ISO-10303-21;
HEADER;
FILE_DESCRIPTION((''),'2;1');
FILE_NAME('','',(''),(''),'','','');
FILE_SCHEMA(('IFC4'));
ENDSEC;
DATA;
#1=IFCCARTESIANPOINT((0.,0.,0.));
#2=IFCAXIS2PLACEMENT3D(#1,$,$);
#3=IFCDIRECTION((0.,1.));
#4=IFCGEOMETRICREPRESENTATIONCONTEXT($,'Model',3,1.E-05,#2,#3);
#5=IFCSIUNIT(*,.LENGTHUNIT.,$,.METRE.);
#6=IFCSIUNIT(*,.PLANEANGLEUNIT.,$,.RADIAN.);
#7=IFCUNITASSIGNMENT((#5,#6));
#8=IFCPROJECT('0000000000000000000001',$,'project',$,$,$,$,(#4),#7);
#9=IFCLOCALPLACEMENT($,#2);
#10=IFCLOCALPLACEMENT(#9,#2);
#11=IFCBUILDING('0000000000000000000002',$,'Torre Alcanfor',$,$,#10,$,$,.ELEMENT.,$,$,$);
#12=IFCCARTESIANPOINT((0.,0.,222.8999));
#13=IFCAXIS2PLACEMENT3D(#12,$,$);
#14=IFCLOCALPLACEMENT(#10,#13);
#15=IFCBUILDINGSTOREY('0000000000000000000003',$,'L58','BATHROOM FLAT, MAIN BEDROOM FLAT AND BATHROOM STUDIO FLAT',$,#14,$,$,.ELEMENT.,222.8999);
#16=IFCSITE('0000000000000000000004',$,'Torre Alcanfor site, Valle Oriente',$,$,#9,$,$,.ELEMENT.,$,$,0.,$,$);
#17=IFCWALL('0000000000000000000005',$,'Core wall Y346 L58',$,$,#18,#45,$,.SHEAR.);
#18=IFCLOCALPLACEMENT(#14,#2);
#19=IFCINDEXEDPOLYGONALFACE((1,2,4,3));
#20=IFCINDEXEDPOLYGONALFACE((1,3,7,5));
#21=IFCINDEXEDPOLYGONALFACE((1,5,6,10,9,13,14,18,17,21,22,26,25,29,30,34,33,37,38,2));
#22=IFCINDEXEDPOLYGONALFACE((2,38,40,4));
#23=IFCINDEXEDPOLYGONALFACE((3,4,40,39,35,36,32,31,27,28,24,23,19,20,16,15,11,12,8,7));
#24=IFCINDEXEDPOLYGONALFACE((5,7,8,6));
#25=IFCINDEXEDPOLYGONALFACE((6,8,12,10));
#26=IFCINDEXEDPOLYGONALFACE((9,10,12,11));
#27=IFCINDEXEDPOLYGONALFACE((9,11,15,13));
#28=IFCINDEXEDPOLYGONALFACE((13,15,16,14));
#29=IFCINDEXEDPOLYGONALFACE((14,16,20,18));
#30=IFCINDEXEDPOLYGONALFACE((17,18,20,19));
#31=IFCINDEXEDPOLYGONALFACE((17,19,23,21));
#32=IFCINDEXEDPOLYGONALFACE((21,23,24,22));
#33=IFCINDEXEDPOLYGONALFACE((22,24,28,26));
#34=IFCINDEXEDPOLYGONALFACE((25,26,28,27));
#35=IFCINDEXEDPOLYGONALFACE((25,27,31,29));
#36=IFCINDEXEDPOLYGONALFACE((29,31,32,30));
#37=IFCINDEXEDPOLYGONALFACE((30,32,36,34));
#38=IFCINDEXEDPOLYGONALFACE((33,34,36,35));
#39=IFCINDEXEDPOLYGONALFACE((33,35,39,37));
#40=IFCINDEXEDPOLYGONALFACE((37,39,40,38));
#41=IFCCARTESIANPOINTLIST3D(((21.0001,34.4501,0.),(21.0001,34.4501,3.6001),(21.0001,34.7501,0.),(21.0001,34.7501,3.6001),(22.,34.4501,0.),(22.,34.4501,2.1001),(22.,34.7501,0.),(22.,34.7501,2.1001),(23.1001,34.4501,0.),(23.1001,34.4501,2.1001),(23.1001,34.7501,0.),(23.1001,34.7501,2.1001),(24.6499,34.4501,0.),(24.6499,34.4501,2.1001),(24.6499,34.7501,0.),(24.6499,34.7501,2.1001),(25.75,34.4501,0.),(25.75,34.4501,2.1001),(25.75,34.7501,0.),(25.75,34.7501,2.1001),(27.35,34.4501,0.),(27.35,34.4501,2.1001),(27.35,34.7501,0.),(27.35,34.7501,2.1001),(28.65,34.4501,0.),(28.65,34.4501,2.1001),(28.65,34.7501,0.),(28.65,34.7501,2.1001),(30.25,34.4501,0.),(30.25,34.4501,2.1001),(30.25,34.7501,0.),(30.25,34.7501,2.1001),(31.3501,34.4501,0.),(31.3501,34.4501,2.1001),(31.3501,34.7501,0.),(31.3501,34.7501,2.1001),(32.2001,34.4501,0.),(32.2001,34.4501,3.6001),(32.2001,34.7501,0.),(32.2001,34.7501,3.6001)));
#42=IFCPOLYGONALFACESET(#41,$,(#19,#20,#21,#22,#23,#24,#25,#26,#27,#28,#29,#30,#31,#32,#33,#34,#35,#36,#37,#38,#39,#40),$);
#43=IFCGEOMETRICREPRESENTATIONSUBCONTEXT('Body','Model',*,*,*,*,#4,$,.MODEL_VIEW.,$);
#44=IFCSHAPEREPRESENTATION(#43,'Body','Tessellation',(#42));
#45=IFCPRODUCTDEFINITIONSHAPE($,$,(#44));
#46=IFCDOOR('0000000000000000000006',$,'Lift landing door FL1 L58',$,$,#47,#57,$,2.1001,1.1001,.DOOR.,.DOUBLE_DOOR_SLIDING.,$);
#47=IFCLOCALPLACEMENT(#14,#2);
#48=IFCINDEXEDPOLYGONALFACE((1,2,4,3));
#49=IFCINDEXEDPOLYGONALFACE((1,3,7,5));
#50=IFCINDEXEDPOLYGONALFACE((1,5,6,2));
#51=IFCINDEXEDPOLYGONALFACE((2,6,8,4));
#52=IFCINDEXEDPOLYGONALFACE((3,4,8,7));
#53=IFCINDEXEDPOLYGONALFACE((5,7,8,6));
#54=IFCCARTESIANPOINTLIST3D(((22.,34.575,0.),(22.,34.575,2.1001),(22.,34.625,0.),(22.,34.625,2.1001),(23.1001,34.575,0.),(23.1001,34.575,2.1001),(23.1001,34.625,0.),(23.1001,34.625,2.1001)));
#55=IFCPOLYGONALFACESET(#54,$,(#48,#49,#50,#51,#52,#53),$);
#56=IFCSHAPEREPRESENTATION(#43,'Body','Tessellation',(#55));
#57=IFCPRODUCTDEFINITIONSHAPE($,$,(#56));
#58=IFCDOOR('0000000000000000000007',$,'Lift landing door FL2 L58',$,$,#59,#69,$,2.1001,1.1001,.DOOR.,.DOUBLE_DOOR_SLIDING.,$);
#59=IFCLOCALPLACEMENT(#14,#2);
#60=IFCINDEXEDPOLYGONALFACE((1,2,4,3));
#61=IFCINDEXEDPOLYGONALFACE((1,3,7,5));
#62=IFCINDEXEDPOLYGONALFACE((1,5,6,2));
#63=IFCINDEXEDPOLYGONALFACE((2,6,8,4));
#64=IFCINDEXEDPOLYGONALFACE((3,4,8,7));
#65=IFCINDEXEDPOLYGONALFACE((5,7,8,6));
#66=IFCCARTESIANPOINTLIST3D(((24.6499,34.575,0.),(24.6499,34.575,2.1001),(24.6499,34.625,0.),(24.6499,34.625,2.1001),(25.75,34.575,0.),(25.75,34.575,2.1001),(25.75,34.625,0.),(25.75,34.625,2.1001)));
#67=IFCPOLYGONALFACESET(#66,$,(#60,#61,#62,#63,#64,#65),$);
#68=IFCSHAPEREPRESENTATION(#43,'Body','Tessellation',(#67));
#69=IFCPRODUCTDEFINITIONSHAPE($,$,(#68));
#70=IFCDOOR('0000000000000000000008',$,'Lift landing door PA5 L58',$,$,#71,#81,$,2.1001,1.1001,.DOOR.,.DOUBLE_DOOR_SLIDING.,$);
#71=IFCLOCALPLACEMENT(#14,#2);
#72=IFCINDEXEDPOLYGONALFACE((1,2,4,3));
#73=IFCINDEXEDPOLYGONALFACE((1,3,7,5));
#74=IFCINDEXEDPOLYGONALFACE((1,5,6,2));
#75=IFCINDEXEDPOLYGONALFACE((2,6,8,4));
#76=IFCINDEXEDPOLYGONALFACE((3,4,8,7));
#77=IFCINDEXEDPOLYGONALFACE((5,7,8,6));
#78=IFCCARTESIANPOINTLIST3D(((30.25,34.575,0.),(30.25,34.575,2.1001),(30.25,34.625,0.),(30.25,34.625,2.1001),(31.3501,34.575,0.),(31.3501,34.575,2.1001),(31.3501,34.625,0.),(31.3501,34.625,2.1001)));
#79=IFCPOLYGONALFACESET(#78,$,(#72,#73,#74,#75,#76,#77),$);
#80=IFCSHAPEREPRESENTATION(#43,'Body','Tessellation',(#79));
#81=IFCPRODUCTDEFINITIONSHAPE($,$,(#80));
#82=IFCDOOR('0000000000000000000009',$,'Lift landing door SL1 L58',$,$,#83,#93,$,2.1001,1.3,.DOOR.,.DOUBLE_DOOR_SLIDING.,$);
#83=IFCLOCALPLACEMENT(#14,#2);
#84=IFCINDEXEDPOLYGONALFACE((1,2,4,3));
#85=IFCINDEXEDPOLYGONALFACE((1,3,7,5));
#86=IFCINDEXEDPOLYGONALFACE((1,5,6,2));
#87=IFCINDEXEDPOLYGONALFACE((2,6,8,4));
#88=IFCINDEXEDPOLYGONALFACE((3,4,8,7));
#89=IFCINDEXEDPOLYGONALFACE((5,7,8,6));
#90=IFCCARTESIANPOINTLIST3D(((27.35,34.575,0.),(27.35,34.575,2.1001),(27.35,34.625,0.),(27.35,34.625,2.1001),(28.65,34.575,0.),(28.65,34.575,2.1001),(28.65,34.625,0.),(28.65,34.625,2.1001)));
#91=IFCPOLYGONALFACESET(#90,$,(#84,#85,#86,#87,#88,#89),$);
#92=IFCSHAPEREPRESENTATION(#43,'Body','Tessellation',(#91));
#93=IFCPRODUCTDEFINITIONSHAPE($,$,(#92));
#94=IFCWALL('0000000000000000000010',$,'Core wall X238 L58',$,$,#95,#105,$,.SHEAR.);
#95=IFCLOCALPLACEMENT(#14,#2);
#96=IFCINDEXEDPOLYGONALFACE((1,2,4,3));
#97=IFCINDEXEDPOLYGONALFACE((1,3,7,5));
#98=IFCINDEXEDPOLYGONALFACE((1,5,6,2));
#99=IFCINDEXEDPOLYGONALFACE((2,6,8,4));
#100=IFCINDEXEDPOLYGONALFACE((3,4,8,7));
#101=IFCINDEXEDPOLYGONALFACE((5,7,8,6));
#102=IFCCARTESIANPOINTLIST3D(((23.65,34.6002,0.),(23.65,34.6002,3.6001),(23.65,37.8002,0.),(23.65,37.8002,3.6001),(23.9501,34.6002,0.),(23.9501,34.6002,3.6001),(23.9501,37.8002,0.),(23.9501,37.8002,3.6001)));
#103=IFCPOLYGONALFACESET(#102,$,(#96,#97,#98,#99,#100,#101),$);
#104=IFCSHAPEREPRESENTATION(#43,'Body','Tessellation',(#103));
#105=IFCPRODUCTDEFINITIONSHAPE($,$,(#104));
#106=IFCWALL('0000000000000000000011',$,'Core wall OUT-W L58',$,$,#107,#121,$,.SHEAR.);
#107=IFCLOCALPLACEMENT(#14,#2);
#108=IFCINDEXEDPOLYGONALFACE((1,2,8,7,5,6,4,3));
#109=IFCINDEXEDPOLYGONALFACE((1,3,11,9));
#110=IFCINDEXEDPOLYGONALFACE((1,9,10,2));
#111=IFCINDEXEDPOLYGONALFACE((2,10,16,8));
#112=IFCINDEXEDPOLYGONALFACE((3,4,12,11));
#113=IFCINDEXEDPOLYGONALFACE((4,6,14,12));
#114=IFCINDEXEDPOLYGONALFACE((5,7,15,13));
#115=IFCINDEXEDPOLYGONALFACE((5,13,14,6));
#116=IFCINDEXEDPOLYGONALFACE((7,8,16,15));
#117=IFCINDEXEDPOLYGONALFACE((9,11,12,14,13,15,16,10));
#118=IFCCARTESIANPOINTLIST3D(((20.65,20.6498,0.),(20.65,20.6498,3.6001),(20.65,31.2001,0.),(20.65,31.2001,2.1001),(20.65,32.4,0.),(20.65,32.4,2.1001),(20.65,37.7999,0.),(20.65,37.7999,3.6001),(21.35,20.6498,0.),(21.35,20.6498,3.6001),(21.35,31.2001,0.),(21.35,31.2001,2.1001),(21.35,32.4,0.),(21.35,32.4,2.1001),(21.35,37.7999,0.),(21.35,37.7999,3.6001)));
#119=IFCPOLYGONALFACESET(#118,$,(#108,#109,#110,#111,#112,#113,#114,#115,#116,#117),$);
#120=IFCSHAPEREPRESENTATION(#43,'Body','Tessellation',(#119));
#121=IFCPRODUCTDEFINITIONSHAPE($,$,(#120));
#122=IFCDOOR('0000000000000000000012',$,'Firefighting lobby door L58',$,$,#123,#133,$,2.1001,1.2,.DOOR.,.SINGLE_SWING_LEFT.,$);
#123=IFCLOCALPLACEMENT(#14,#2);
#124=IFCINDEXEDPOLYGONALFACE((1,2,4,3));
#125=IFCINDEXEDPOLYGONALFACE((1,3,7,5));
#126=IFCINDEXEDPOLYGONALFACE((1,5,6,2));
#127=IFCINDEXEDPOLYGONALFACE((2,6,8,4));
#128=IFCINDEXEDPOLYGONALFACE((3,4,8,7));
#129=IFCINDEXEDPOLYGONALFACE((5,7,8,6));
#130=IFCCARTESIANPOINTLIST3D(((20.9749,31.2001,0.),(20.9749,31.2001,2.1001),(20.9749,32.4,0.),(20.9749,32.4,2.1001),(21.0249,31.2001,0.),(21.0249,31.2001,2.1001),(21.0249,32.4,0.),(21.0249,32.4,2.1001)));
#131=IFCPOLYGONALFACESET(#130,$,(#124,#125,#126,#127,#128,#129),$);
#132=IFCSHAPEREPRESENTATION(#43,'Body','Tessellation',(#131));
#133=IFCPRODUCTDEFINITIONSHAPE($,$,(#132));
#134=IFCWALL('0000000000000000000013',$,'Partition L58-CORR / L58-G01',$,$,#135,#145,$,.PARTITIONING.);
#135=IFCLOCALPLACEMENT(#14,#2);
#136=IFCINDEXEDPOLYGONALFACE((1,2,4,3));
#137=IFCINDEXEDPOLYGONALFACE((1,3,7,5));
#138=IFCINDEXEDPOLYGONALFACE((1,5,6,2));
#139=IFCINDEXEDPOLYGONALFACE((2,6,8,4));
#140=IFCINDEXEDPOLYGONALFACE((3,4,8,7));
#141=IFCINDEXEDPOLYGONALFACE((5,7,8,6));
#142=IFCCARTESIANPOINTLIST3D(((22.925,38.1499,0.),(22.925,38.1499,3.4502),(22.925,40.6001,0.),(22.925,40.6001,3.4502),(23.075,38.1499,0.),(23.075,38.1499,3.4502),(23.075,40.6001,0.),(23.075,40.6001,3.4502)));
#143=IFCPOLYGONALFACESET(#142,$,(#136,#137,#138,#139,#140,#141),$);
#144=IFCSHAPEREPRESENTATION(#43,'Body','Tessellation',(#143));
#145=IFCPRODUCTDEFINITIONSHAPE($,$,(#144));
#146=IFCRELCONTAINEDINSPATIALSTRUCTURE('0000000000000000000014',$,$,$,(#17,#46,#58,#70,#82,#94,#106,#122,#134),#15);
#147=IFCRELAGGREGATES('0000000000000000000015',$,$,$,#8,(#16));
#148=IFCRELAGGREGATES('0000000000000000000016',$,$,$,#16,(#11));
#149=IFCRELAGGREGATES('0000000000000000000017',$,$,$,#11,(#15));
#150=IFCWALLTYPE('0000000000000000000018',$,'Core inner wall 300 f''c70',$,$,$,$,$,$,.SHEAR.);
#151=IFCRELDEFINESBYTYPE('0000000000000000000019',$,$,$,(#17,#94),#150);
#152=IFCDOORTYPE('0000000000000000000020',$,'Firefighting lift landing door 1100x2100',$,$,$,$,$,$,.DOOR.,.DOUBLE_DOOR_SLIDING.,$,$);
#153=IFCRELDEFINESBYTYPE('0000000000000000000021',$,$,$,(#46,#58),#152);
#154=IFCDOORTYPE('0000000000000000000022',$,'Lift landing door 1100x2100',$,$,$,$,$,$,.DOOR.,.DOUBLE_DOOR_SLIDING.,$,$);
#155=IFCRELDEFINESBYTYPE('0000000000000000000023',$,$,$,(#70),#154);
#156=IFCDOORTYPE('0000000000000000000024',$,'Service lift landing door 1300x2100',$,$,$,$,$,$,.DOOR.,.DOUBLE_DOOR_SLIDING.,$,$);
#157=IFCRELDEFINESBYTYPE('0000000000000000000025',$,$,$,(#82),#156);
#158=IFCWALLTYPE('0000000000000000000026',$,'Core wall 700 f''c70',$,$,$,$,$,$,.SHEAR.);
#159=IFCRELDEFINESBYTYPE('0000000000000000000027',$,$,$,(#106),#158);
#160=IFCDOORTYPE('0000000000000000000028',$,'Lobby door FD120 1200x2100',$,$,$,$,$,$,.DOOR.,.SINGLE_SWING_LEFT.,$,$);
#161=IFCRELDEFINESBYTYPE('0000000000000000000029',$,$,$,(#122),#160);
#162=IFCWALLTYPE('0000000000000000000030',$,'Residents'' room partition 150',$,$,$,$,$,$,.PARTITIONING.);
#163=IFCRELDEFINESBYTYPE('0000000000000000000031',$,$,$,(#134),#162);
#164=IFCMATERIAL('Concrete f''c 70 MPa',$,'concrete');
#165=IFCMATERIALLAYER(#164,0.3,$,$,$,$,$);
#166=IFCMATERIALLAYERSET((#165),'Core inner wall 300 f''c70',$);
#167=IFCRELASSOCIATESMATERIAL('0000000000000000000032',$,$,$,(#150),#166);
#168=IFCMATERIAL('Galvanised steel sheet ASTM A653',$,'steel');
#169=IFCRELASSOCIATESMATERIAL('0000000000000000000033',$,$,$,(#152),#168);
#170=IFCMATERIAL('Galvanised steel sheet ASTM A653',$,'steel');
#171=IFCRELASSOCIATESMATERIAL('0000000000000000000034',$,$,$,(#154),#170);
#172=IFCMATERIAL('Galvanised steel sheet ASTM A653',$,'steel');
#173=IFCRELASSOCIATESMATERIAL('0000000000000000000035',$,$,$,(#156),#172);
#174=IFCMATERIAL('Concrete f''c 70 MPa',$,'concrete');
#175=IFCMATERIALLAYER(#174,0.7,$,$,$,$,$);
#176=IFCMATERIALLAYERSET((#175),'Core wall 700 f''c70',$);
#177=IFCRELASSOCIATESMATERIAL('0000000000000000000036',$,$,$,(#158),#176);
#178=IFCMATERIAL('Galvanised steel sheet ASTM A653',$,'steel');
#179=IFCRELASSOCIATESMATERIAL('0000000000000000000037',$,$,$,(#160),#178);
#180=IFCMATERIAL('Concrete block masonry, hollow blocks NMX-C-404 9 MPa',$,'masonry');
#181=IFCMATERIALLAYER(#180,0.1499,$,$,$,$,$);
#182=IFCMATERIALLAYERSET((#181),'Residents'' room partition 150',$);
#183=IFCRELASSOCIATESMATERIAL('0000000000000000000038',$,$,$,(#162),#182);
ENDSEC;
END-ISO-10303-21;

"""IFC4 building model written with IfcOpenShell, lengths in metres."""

from ifc_helpers import new_model, si_unit, direction, frame, frame_2d, origin, place, context, subcontext, project, spatial, rectangle, extrude, material, layer, layer_set, type_object, element, fill, save


model = new_model("IFC4")

# Units and contexts
model_context = context("Model", 3, precision=1e-05, world=origin(), true_north=direction((0.0, 1.0)))
body_context = subcontext(model_context, "Body", "Model", "MODEL_VIEW")
ifc_project = project(units=[si_unit("LENGTHUNIT", "METRE"), si_unit("PLANEANGLEUNIT", "RADIAN")], contexts=[model_context])

# Site, building, storey
site_placement = place(None, origin())
site = spatial("IfcSite", under=ifc_project, at=site_placement, Name="Torre Alcanfor site, Valle Oriente", CompositionType="ELEMENT", RefElevation=0.0)
building_placement = place(site_placement, origin())
building = spatial("IfcBuilding", under=site, at=building_placement, Name="Torre Alcanfor", CompositionType="ELEMENT")
storey_placement = place(building_placement, frame((0.0, 0.0, 222.8999)))
storey = spatial("IfcBuildingStorey", under=building, at=storey_placement, Name="L58", Description="BATHROOM FLAT, MAIN BEDROOM FLAT AND BATHROOM STUDIO FLAT", CompositionType="ELEMENT", Elevation=222.8999)

# Wall, openings, doors
ifc_material_1 = material(Name="Concrete f'c 70 MPa", Category="concrete")
ifc_layer_1 = layer(ifc_material_1, 0.3)
ifc_layer_set_1 = layer_set([ifc_layer_1], Name="Core inner wall 300 f'c70")
wall_type_1 = type_object("IfcWallType", Name="Core inner wall 300 f'c70", PredefinedType="SHEAR", material=ifc_layer_set_1)
wall_1_placement = place(storey_placement, frame((21.0, 34.6001, 0.0), z_axis=(0.0, 0.0, 1.0), x_axis=(1.0, 0.0, 0.0)))
wall_1 = element("IfcWall", 1, at=wall_1_placement, inside=storey, type_object=wall_type_1, Name="Core wall Y346 L58", PredefinedType="SHEAR", context=body_context, shape_type="SweptSolid", body=[
    extrude(rectangle(XDim=11.2, YDim=0.3, at=frame_2d((5.6001, 0.0))), origin(), (0.0, 0.0, 1.0), 3.6001),
])
opening_1_placement = place(wall_1_placement, frame((9.25, 0.0, 0.0)))
opening_1 = element("IfcOpeningElement", 2, at=opening_1_placement, cuts=wall_1, PredefinedType="OPENING", context=body_context, shape_type="SweptSolid", body=[
    extrude(rectangle(XDim=1.1001, YDim=2.1001, at=frame_2d((0.55, 1.05))), frame((0.0, 0.1599, 0.0), z_axis=(0.0, -1.0, 0.0), x_axis=(1.0, 0.0, 0.0)), (0.0, 0.0, 1.0), 0.3201),
])
opening_2_placement = place(wall_1_placement, frame((1.0, 0.0, 0.0)))
opening_2 = element("IfcOpeningElement", 3, at=opening_2_placement, cuts=wall_1, PredefinedType="OPENING", context=body_context, shape_type="SweptSolid", body=[
    extrude(rectangle(XDim=1.1001, YDim=2.1001, at=frame_2d((0.55, 1.05))), frame((0.0, 0.1599, 0.0), z_axis=(0.0, -1.0, 0.0), x_axis=(1.0, 0.0, 0.0)), (0.0, 0.0, 1.0), 0.3201),
])
opening_3_placement = place(wall_1_placement, frame((3.6499, 0.0, 0.0)))
opening_3 = element("IfcOpeningElement", 4, at=opening_3_placement, cuts=wall_1, PredefinedType="OPENING", context=body_context, shape_type="SweptSolid", body=[
    extrude(rectangle(XDim=1.1001, YDim=2.1001, at=frame_2d((0.55, 1.05))), frame((0.0, 0.1599, 0.0), z_axis=(0.0, -1.0, 0.0), x_axis=(1.0, 0.0, 0.0)), (0.0, 0.0, 1.0), 0.3201),
])
opening_4_placement = place(wall_1_placement, frame((6.3501, 0.0, 0.0)))
opening_4 = element("IfcOpeningElement", 5, at=opening_4_placement, cuts=wall_1, PredefinedType="OPENING", context=body_context, shape_type="SweptSolid", body=[
    extrude(rectangle(XDim=1.3, YDim=2.1001, at=frame_2d((0.6499, 1.05))), frame((0.0, 0.1599, 0.0), z_axis=(0.0, -1.0, 0.0), x_axis=(1.0, 0.0, 0.0)), (0.0, 0.0, 1.0), 0.3201),
])
ifc_material_2 = material(Name="Galvanised steel sheet ASTM A653", Category="steel")
door_type_1 = type_object("IfcDoorType", Name="Firefighting lift landing door 1100x2100", OperationType="DOUBLE_DOOR_SLIDING", PredefinedType="DOOR", material=ifc_material_2)
door_1_placement = place(opening_2_placement, origin())
door_1 = element("IfcDoor", 6, at=door_1_placement, inside=storey, type_object=door_type_1, Name="Lift landing door FL1 L58", OperationType="DOUBLE_DOOR_SLIDING", OverallHeight=2.1001, OverallWidth=1.1001, PredefinedType="DOOR", context=body_context, shape_type="SweptSolid", body=[
    extrude(rectangle(XDim=1.1001, YDim=2.1001, at=frame_2d((0.55, 1.05))), frame((0.0, 0.0249, 0.0), z_axis=(0.0, -1.0, 0.0), x_axis=(1.0, 0.0, 0.0)), (0.0, 0.0, 1.0), 0.05),
])
fill(opening_2, door_1)
door_2_placement = place(opening_3_placement, origin())
door_2 = element("IfcDoor", 7, at=door_2_placement, inside=storey, type_object=door_type_1, Name="Lift landing door FL2 L58", OperationType="DOUBLE_DOOR_SLIDING", OverallHeight=2.1001, OverallWidth=1.1001, PredefinedType="DOOR", context=body_context, shape_type="SweptSolid", body=[
    extrude(rectangle(XDim=1.1001, YDim=2.1001, at=frame_2d((0.55, 1.05))), frame((0.0, 0.0249, 0.0), z_axis=(0.0, -1.0, 0.0), x_axis=(1.0, 0.0, 0.0)), (0.0, 0.0, 1.0), 0.05),
])
fill(opening_3, door_2)
ifc_material_3 = material(Name="Galvanised steel sheet ASTM A653", Category="steel")
door_type_2 = type_object("IfcDoorType", Name="Lift landing door 1100x2100", OperationType="DOUBLE_DOOR_SLIDING", PredefinedType="DOOR", material=ifc_material_3)
door_3_placement = place(opening_1_placement, origin())
door_3 = element("IfcDoor", 8, at=door_3_placement, inside=storey, type_object=door_type_2, Name="Lift landing door PA5 L58", OperationType="DOUBLE_DOOR_SLIDING", OverallHeight=2.1001, OverallWidth=1.1001, PredefinedType="DOOR", context=body_context, shape_type="SweptSolid", body=[
    extrude(rectangle(XDim=1.1001, YDim=2.1001, at=frame_2d((0.55, 1.05))), frame((0.0, 0.0249, 0.0), z_axis=(0.0, -1.0, 0.0), x_axis=(1.0, 0.0, 0.0)), (0.0, 0.0, 1.0), 0.05),
])
fill(opening_1, door_3)
ifc_material_4 = material(Name="Galvanised steel sheet ASTM A653", Category="steel")
door_type_3 = type_object("IfcDoorType", Name="Service lift landing door 1300x2100", OperationType="DOUBLE_DOOR_SLIDING", PredefinedType="DOOR", material=ifc_material_4)
door_4_placement = place(opening_4_placement, origin())
door_4 = element("IfcDoor", 9, at=door_4_placement, inside=storey, type_object=door_type_3, Name="Lift landing door SL1 L58", OperationType="DOUBLE_DOOR_SLIDING", OverallHeight=2.1001, OverallWidth=1.3, PredefinedType="DOOR", context=body_context, shape_type="SweptSolid", body=[
    extrude(rectangle(XDim=1.3, YDim=2.1001, at=frame_2d((0.6499, 1.05))), frame((0.0, 0.0249, 0.0), z_axis=(0.0, -1.0, 0.0), x_axis=(1.0, 0.0, 0.0)), (0.0, 0.0, 1.0), 0.05),
])
fill(opening_4, door_4)

# Wall
wall_2_placement = place(storey_placement, frame((23.8, 34.6001, 0.0), z_axis=(0.0, 0.0, 1.0), x_axis=(0.0, 1.0, 0.0)))
element("IfcWall", 10, at=wall_2_placement, inside=storey, type_object=wall_type_1, Name="Core wall X238 L58", PredefinedType="SHEAR", context=body_context, shape_type="SweptSolid", body=[
    extrude(rectangle(XDim=3.2, YDim=0.3, at=frame_2d((1.6001, 0.0))), origin(), (0.0, 0.0, 1.0), 3.6001),
])

# Wall, opening, door
ifc_material_5 = material(Name="Concrete f'c 70 MPa", Category="concrete")
ifc_layer_2 = layer(ifc_material_5, 0.7)
ifc_layer_set_2 = layer_set([ifc_layer_2], Name="Core wall 700 f'c70")
wall_type_2 = type_object("IfcWallType", Name="Core wall 700 f'c70", PredefinedType="SHEAR", material=ifc_layer_set_2)
wall_3_placement = place(storey_placement, frame((21.0, 37.8, 0.0), z_axis=(0.0, 0.0, 1.0), x_axis=(0.0, -1.0, 0.0)))
wall_3 = element("IfcWall", 11, at=wall_3_placement, inside=storey, type_object=wall_type_2, Name="Core wall OUT-W L58", PredefinedType="SHEAR", context=body_context, shape_type="SweptSolid", body=[
    extrude(rectangle(XDim=17.1501, YDim=0.7, at=frame_2d((8.5752, 0.0))), origin(), (0.0, 0.0, 1.0), 3.6001),
])
opening_5_placement = place(wall_3_placement, frame((5.3999, 0.0, 0.0)))
opening_5 = element("IfcOpeningElement", 12, at=opening_5_placement, cuts=wall_3, PredefinedType="OPENING", context=body_context, shape_type="SweptSolid", body=[
    extrude(rectangle(XDim=1.2, YDim=2.1001, at=frame_2d((0.6001, 1.05))), frame((0.0, 0.3599, 0.0), z_axis=(0.0, -1.0, 0.0), x_axis=(1.0, 0.0, 0.0)), (0.0, 0.0, 1.0), 0.72),
])
ifc_material_6 = material(Name="Galvanised steel sheet ASTM A653", Category="steel")
door_type_4 = type_object("IfcDoorType", Name="Lobby door FD120 1200x2100", OperationType="SINGLE_SWING_LEFT", PredefinedType="DOOR", material=ifc_material_6)
door_5_placement = place(opening_5_placement, origin())
door_5 = element("IfcDoor", 13, at=door_5_placement, inside=storey, type_object=door_type_4, Name="Firefighting lobby door L58", OperationType="SINGLE_SWING_LEFT", OverallHeight=2.1001, OverallWidth=1.2, PredefinedType="DOOR", context=body_context, shape_type="SweptSolid", body=[
    extrude(rectangle(XDim=1.2, YDim=2.1001, at=frame_2d((0.6001, 1.05))), frame((0.0, 0.0249, 0.0), z_axis=(0.0, -1.0, 0.0), x_axis=(1.0, 0.0, 0.0)), (0.0, 0.0, 1.0), 0.05),
])
fill(opening_5, door_5)

# Wall
ifc_material_7 = material(Name="Concrete block masonry, hollow blocks NMX-C-404 9 MPa", Category="masonry")
ifc_layer_3 = layer(ifc_material_7, 0.1499)
ifc_layer_set_3 = layer_set([ifc_layer_3], Name="Residents' room partition 150")
wall_type_3 = type_object("IfcWallType", Name="Residents' room partition 150", PredefinedType="PARTITIONING", material=ifc_layer_set_3)
wall_4_placement = place(storey_placement, frame((23.0, 38.1499, 0.0), z_axis=(0.0, 0.0, 1.0), x_axis=(0.0, 1.0, 0.0)))
element("IfcWall", 14, at=wall_4_placement, inside=storey, type_object=wall_type_3, Name="Partition L58-CORR / L58-G01", PredefinedType="PARTITIONING", context=body_context, shape_type="SweptSolid", body=[
    extrude(rectangle(XDim=2.4502, YDim=0.1499, at=frame_2d((1.2251, 0.0))), origin(), (0.0, 0.0, 1.0), 3.4502),
])

save(model, "model.ifc")
